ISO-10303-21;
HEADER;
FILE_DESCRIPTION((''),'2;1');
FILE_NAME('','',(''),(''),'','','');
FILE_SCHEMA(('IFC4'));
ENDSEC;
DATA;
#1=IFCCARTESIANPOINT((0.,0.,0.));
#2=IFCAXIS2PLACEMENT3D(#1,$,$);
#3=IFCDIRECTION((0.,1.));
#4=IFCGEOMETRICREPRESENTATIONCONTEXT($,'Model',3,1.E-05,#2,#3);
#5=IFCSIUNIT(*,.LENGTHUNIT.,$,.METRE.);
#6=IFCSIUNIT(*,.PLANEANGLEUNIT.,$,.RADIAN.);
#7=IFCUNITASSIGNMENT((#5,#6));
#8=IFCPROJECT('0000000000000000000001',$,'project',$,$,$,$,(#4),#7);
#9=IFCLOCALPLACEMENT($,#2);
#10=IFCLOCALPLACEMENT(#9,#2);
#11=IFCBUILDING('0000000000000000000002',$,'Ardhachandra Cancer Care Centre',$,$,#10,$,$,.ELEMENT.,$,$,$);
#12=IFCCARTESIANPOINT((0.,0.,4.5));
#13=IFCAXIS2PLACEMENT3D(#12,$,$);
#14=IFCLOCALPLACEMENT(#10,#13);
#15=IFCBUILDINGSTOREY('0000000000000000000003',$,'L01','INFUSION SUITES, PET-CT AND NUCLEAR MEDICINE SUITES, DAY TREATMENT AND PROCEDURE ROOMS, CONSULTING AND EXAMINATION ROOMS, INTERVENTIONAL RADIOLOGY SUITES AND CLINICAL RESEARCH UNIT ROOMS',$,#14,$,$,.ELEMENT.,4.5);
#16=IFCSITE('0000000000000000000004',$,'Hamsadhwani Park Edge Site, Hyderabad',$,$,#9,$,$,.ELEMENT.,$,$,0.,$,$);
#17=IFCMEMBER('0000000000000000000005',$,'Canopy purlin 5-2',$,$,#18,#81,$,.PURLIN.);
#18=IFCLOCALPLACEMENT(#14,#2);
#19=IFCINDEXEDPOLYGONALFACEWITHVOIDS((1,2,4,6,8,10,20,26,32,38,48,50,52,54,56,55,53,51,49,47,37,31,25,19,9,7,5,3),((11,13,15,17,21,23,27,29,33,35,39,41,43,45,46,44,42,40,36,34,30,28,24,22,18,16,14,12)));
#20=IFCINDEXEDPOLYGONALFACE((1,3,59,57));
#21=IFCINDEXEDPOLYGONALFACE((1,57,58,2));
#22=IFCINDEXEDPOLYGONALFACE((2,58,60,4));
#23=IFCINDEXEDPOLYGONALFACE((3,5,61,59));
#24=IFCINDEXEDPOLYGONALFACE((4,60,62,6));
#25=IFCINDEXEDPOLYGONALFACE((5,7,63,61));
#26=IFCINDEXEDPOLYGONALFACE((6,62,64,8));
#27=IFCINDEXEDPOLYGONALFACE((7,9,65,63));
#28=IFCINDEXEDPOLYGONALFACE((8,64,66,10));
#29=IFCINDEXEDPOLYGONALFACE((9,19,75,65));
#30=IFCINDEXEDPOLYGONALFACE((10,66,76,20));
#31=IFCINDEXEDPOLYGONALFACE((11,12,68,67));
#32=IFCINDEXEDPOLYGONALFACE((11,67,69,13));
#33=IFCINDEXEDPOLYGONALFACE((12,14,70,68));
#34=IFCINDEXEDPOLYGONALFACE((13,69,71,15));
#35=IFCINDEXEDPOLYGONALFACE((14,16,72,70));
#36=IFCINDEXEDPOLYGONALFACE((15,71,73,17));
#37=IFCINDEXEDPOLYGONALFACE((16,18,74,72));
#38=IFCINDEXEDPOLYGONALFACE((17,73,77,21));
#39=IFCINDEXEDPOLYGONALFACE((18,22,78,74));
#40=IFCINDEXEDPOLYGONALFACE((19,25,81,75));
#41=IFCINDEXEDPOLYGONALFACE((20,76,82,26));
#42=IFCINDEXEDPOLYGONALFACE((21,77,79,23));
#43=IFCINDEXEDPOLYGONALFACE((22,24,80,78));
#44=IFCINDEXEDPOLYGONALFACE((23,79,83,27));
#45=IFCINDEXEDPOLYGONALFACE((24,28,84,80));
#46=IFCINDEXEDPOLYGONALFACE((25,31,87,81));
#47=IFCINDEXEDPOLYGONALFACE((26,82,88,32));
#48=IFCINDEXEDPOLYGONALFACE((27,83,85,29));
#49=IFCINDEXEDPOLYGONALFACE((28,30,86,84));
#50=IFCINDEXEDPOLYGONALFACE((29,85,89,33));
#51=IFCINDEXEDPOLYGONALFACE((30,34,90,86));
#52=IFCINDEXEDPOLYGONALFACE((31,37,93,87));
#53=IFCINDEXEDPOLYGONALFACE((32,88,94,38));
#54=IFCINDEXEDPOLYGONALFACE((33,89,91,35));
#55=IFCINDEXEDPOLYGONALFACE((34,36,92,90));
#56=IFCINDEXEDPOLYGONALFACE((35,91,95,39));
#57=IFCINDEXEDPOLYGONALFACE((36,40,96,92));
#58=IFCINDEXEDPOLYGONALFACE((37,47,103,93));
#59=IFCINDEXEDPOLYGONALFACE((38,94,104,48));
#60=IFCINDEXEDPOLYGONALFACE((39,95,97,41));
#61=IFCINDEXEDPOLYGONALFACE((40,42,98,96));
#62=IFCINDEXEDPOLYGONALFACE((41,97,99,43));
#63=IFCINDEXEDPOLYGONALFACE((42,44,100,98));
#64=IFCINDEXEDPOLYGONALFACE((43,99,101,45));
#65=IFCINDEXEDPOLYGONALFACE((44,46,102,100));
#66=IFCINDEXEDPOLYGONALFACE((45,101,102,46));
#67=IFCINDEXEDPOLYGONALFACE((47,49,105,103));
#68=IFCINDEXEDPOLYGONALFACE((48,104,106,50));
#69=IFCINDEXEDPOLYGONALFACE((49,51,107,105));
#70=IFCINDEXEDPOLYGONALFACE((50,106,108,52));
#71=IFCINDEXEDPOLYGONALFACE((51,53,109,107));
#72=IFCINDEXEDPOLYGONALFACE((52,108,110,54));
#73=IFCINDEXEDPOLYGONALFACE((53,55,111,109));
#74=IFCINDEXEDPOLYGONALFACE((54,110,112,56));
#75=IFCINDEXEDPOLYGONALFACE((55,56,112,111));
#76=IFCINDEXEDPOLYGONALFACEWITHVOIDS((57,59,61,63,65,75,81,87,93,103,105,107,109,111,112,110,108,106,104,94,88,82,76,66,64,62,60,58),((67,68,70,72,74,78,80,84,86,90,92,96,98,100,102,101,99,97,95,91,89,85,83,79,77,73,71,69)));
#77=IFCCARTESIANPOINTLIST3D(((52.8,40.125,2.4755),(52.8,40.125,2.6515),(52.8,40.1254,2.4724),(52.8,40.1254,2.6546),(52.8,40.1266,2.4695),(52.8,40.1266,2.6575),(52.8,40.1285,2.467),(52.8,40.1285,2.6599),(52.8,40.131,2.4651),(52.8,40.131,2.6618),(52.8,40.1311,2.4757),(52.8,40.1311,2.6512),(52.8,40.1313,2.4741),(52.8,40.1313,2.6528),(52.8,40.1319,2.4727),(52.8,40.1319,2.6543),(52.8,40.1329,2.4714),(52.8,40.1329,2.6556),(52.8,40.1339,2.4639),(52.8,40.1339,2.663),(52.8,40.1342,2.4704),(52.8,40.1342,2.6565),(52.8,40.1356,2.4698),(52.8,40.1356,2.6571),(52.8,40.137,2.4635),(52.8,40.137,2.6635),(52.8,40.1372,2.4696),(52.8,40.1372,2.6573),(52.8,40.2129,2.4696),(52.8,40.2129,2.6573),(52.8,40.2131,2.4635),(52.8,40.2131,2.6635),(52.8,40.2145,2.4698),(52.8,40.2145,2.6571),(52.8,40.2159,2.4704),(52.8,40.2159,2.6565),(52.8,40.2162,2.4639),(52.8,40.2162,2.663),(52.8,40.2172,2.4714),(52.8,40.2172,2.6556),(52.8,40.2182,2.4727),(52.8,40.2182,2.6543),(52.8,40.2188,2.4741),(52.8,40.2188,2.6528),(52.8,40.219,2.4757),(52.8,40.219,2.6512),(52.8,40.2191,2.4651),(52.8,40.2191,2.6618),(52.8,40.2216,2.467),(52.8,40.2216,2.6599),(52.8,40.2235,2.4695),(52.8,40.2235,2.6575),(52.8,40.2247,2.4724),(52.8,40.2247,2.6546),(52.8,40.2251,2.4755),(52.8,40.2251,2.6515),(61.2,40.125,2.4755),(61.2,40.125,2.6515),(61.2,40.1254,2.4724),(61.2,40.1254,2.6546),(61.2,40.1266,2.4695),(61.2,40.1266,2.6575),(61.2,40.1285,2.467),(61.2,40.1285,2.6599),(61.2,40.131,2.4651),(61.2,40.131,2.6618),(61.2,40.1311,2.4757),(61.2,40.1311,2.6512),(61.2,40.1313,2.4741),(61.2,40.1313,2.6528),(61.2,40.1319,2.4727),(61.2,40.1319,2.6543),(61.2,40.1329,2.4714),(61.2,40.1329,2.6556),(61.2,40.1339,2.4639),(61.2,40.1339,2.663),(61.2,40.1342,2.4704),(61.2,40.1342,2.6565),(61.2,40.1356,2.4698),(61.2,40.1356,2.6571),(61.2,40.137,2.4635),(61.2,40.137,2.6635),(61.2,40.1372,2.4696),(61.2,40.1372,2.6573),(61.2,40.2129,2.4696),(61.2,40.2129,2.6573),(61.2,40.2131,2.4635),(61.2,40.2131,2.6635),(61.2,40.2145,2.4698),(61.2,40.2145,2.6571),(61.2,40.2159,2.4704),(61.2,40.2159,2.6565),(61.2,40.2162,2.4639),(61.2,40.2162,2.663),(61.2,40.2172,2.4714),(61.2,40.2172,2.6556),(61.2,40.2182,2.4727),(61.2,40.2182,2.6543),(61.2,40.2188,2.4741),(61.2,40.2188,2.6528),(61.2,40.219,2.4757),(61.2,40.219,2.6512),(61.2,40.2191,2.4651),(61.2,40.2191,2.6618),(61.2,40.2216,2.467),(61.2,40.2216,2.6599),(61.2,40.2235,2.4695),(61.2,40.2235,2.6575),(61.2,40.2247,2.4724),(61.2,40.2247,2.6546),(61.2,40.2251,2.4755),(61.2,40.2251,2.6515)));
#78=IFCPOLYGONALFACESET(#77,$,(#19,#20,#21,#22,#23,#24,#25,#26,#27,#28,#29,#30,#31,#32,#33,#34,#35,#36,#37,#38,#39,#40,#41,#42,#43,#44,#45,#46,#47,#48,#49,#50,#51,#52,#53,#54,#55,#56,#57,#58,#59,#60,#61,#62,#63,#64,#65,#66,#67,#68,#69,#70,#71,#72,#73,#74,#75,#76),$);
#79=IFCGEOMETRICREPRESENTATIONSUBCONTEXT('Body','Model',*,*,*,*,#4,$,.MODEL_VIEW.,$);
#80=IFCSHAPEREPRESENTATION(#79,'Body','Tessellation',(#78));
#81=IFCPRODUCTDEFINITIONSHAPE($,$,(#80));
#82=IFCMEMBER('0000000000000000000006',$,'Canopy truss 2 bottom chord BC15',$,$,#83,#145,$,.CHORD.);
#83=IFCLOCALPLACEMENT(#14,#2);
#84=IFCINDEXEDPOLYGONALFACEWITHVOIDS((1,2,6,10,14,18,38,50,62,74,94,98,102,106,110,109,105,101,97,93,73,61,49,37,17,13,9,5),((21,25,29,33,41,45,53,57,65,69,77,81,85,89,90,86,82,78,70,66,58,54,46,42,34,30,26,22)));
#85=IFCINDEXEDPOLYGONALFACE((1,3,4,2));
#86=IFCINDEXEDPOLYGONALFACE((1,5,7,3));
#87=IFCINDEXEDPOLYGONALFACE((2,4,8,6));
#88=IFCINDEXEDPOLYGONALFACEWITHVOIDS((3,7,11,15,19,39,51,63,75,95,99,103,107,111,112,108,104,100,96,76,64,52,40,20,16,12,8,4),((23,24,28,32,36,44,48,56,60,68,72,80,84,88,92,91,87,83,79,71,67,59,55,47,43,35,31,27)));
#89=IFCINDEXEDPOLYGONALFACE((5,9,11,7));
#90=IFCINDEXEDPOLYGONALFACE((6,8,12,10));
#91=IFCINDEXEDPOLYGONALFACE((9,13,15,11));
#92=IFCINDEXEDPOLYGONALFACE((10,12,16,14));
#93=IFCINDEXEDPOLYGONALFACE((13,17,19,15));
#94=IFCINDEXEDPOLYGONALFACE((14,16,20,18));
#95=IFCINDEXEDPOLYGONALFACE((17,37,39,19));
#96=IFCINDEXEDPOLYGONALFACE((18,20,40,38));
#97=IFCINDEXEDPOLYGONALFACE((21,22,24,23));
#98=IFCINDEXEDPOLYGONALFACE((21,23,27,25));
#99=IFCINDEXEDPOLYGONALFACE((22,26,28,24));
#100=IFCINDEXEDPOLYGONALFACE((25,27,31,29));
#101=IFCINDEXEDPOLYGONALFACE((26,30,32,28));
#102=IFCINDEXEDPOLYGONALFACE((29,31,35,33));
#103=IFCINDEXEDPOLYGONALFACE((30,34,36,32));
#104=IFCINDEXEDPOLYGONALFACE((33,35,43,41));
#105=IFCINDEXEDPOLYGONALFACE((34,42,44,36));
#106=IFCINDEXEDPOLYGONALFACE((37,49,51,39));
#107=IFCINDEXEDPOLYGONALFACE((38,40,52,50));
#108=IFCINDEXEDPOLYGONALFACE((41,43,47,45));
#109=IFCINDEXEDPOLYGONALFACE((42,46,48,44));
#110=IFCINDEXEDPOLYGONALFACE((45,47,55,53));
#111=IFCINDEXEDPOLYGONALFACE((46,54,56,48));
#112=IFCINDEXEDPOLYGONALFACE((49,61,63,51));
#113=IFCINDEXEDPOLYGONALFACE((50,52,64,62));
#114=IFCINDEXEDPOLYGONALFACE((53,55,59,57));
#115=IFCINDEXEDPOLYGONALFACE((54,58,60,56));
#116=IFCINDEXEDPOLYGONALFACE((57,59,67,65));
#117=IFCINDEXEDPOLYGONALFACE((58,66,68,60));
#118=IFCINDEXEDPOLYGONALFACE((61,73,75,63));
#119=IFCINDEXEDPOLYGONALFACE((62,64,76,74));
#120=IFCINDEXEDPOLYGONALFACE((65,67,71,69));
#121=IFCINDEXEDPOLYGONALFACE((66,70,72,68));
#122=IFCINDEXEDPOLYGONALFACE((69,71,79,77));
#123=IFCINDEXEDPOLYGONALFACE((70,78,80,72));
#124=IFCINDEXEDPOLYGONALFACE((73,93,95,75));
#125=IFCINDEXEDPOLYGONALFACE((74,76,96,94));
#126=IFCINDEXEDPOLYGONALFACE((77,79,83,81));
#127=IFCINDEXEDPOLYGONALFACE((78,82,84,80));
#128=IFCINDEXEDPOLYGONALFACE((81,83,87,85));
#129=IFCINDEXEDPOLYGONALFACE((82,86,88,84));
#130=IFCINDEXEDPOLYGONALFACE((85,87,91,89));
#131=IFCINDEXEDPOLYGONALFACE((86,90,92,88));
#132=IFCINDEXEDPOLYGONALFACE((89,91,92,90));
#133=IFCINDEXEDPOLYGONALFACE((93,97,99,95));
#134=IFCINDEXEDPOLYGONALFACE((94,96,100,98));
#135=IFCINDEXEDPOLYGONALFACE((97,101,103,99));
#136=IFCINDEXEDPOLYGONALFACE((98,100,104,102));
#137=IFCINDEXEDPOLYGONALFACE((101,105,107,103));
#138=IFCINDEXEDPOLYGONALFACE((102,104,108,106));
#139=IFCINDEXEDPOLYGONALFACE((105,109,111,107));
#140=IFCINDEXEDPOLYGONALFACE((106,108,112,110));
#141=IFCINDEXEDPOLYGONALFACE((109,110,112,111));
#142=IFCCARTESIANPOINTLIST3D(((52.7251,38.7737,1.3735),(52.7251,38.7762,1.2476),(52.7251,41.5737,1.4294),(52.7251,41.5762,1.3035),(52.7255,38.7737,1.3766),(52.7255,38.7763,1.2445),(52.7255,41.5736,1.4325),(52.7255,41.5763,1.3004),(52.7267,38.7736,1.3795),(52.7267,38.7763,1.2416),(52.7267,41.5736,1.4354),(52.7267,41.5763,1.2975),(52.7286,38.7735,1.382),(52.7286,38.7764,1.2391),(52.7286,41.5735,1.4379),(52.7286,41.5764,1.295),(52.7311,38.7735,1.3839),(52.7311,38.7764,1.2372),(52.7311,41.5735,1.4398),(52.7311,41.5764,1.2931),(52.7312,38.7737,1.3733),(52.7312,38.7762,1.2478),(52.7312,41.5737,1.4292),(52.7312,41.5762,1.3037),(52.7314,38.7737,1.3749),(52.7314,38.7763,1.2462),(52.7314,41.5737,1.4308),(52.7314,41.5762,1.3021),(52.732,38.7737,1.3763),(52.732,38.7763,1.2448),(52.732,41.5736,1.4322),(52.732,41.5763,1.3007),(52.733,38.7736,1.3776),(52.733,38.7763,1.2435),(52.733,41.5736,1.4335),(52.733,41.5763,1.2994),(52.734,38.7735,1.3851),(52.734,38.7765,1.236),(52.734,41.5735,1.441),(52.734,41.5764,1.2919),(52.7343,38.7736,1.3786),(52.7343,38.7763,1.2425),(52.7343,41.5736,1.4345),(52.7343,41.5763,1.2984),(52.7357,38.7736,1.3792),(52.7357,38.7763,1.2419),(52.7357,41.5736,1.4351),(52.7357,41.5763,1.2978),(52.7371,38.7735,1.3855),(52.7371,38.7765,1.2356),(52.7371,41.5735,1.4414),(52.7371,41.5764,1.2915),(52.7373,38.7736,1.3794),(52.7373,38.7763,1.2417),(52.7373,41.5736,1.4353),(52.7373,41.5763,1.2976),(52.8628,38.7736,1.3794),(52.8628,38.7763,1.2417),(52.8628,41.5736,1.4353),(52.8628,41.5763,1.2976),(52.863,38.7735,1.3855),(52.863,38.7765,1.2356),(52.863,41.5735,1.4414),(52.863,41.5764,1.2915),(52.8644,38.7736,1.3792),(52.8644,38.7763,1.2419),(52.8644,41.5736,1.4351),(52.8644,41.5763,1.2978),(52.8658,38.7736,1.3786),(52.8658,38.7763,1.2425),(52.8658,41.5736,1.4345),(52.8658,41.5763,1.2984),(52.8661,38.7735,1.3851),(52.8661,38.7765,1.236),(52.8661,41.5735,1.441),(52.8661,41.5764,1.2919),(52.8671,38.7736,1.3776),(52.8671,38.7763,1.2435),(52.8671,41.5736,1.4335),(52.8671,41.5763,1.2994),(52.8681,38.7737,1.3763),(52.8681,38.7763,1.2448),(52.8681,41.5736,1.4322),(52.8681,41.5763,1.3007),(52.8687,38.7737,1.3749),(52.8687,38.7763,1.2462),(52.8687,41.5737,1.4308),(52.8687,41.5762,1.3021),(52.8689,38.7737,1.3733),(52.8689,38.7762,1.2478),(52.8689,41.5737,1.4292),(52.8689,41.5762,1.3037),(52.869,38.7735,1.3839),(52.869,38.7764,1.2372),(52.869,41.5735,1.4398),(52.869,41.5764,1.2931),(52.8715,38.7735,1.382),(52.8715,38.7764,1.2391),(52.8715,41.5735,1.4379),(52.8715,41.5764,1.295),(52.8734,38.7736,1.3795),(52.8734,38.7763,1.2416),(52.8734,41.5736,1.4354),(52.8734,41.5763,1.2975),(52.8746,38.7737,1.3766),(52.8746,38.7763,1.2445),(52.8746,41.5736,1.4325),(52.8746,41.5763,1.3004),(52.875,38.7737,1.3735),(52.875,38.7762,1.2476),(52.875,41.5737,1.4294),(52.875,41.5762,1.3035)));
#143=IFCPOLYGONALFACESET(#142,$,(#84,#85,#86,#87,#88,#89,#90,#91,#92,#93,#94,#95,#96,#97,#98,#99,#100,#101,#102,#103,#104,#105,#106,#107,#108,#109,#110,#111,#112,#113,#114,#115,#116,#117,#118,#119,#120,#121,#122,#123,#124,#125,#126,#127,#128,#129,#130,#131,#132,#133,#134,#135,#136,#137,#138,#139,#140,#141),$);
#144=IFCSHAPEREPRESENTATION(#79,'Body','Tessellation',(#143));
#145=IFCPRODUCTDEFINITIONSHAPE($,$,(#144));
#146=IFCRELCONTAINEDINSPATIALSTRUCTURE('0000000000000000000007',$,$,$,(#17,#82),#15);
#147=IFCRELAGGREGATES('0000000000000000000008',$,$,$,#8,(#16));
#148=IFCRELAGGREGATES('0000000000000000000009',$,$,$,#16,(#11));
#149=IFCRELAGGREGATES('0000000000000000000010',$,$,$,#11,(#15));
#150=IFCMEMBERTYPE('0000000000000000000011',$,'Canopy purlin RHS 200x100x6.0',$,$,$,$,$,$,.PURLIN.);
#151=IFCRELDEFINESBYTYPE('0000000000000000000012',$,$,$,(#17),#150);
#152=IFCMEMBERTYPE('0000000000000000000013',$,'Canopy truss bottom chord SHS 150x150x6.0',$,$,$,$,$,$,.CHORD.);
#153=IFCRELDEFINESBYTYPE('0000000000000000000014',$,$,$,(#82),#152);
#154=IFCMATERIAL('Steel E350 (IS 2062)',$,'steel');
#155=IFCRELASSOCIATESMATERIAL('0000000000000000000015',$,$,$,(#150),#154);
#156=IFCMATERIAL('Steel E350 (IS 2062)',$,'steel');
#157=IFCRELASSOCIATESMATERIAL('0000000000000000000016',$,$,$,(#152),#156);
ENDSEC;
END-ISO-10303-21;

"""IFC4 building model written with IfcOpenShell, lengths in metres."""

from ifc_helpers import new_model, si_unit, direction, frame, origin, origin_2d, place, context, subcontext, project, spatial, hollow_rectangle, extrude, material, material_profile, profile_set, type_object, element, save


model = new_model("IFC4")

# Units and contexts
model_context = context("Model", 3, precision=1e-05, world=origin(), true_north=direction((0.0, 1.0)))
body_context = subcontext(model_context, "Body", "Model", "MODEL_VIEW")
ifc_project = project(units=[si_unit("LENGTHUNIT", "METRE"), si_unit("PLANEANGLEUNIT", "RADIAN")], contexts=[model_context])

# Site, building, storey
site_placement = place(None, origin())
site = spatial("IfcSite", under=ifc_project, at=site_placement, Name="Hamsadhwani Park Edge Site, Hyderabad", CompositionType="ELEMENT", RefElevation=0.0)
building_placement = place(site_placement, origin())
building = spatial("IfcBuilding", under=site, at=building_placement, Name="Ardhachandra Cancer Care Centre", CompositionType="ELEMENT")
storey_placement = place(building_placement, frame((0.0, 0.0, 4.5)))
storey = spatial("IfcBuildingStorey", under=building, at=storey_placement, Name="L01", Description="INFUSION SUITES, PET-CT AND NUCLEAR MEDICINE SUITES, DAY TREATMENT AND PROCEDURE ROOMS, CONSULTING AND EXAMINATION ROOMS, INTERVENTIONAL RADIOLOGY SUITES AND CLINICAL RESEARCH UNIT ROOMS", CompositionType="ELEMENT", Elevation=4.5)

# Members
ifc_material_1 = material(Name="Steel E350 (IS 2062)", Category="steel")
ifc_material_profile_1 = material_profile(ifc_material_1, hollow_rectangle(XDim=0.1001, YDim=0.2, WallThickness=0.0061, InnerFilletRadius=0.0061, OuterFilletRadius=0.012, at=origin_2d()), Name="RHS 200x100x6.0")
ifc_profile_set_1 = profile_set([ifc_material_profile_1], Name="Steel E350 (IS 2062)")
member_type_1 = type_object("IfcMemberType", Name="Canopy purlin RHS 200x100x6.0", PredefinedType="PURLIN", material=ifc_profile_set_1)
member_1_placement = place(storey_placement, frame((52.8, 40.175, 2.5635), z_axis=(1.0, 0.0, 0.0), x_axis=(0.0, 1.0, 0.0)))
element("IfcMember", 1, at=member_1_placement, inside=storey, type_object=member_type_1, Name="Canopy purlin 5-2", PredefinedType="PURLIN", context=body_context, shape_type="SweptSolid", body=[
    extrude(hollow_rectangle(XDim=0.1001, YDim=0.2, WallThickness=0.0061, InnerFilletRadius=0.0061, OuterFilletRadius=0.012, at=origin_2d()), origin(), (0.0, 0.0, 1.0), 8.3999),
])
ifc_material_2 = material(Name="Steel E350 (IS 2062)", Category="steel")
ifc_material_profile_2 = material_profile(ifc_material_2, hollow_rectangle(XDim=0.1499, YDim=0.1499, WallThickness=0.0061, InnerFilletRadius=0.0061, OuterFilletRadius=0.012, at=origin_2d()), Name="SHS 150x150x6.0")
ifc_profile_set_2 = profile_set([ifc_material_profile_2], Name="Steel E350 (IS 2062)")
member_type_2 = type_object("IfcMemberType", Name="Canopy truss bottom chord SHS 150x150x6.0", PredefinedType="CHORD", material=ifc_profile_set_2)
member_2_placement = place(storey_placement, frame((52.8, 41.575, 1.3665), z_axis=(0.0, -0.999801, -0.019963), x_axis=(1.0, 0.0, 0.0)))
element("IfcMember", 2, at=member_2_placement, inside=storey, type_object=member_type_2, Name="Canopy truss 2 bottom chord BC15", PredefinedType="CHORD", context=body_context, shape_type="SweptSolid", body=[
    extrude(hollow_rectangle(XDim=0.1499, YDim=0.1499, WallThickness=0.0061, InnerFilletRadius=0.0061, OuterFilletRadius=0.012, at=origin_2d()), origin(), (0.0, 0.0, 1.0), 2.8005),
])

save(model, "model.ifc")
